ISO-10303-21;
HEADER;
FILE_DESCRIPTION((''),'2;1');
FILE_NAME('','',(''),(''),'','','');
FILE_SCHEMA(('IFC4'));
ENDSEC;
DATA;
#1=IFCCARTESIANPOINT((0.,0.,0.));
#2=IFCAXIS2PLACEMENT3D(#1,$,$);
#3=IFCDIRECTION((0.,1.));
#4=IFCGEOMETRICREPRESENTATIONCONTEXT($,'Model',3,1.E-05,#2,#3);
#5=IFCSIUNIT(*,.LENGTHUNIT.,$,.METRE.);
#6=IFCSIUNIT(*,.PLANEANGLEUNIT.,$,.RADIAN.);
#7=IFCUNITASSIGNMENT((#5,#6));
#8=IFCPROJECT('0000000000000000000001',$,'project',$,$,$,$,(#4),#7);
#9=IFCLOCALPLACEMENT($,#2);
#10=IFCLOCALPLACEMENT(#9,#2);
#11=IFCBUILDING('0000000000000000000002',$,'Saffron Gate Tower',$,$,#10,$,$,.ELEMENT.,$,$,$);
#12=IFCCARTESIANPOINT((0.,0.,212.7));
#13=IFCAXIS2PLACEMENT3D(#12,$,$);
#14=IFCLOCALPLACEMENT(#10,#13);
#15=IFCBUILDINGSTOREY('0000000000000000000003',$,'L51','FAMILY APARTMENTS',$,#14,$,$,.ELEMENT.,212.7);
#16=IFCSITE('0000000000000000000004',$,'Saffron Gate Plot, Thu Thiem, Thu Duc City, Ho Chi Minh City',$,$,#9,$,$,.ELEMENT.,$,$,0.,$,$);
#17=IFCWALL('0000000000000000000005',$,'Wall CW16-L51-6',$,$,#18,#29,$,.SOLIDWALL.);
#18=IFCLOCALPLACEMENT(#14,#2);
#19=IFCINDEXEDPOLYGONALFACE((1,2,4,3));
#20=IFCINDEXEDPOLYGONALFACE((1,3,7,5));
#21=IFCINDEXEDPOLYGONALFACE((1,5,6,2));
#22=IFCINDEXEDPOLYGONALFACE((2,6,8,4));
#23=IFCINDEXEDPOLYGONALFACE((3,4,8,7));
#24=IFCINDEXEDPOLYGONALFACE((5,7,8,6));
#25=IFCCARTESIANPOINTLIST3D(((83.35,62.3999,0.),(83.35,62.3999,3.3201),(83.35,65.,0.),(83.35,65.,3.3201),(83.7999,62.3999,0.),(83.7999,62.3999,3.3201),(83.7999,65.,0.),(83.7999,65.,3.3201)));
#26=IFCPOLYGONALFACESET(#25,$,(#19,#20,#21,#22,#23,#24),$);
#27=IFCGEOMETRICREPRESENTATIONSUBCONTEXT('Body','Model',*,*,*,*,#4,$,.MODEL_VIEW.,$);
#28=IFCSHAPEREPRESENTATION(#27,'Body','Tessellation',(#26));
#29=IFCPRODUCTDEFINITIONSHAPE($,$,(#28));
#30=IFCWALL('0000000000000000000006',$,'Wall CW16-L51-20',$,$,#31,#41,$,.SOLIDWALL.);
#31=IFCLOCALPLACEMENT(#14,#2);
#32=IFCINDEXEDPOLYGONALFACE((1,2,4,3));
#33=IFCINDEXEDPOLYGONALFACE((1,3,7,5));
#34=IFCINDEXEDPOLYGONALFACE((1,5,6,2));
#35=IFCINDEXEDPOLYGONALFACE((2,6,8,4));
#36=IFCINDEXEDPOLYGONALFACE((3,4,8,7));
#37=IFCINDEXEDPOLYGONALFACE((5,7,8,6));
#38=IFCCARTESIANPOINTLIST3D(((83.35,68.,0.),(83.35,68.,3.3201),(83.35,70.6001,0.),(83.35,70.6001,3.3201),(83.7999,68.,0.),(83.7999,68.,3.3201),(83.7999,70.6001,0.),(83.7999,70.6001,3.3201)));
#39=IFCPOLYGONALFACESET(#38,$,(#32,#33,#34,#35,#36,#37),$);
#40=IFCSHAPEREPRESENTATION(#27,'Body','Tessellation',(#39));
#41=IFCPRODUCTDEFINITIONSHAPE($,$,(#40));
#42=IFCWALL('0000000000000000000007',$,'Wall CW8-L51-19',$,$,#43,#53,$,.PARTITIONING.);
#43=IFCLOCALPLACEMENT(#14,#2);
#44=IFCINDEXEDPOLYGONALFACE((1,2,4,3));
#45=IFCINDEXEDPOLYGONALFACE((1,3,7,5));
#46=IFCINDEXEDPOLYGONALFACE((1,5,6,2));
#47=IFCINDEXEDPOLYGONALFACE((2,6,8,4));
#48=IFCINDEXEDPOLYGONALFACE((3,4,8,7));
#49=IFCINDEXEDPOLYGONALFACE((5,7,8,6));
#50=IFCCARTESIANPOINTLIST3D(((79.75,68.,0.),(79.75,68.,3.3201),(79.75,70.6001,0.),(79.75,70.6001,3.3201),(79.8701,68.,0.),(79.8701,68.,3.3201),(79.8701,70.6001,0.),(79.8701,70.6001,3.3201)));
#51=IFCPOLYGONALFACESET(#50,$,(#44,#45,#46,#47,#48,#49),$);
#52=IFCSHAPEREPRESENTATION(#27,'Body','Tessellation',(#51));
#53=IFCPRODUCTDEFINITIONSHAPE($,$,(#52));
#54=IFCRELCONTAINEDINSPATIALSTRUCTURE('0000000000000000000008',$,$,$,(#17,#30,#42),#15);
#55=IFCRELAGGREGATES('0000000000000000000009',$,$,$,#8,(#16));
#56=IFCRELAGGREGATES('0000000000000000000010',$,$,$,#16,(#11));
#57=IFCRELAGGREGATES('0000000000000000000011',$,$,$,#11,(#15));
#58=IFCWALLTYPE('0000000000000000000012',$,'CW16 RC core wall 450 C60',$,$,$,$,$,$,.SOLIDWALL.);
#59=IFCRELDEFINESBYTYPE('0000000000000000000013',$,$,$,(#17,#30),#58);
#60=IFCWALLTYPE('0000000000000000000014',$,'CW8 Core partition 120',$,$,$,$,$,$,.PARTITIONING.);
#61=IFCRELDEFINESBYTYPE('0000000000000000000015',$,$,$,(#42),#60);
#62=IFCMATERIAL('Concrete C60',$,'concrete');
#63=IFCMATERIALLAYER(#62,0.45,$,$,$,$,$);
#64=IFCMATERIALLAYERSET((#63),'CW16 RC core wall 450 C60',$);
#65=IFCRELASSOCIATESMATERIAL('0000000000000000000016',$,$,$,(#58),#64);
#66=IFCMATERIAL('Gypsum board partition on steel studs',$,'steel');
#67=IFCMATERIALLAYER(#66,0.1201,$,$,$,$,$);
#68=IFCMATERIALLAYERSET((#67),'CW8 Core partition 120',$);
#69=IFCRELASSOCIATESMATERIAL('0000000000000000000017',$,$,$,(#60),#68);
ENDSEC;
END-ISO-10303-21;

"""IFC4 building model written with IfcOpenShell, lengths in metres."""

from ifc_helpers import new_model, si_unit, direction, frame, frame_2d, origin, place, context, subcontext, project, spatial, rectangle, extrude, material, layer, layer_set, type_object, element, save


model = new_model("IFC4")

# Units and contexts
model_context = context("Model", 3, precision=1e-05, world=origin(), true_north=direction((0.0, 1.0)))
body_context = subcontext(model_context, "Body", "Model", "MODEL_VIEW")
ifc_project = project(units=[si_unit("LENGTHUNIT", "METRE"), si_unit("PLANEANGLEUNIT", "RADIAN")], contexts=[model_context])

# Site, building, storey
site_placement = place(None, origin())
site = spatial("IfcSite", under=ifc_project, at=site_placement, Name="Saffron Gate Plot, Thu Thiem, Thu Duc City, Ho Chi Minh City", CompositionType="ELEMENT", RefElevation=0.0)
building_placement = place(site_placement, origin())
building = spatial("IfcBuilding", under=site, at=building_placement, Name="Saffron Gate Tower", CompositionType="ELEMENT")
storey_placement = place(building_placement, frame((0.0, 0.0, 212.7)))
storey = spatial("IfcBuildingStorey", under=building, at=storey_placement, Name="L51", Description="FAMILY APARTMENTS", CompositionType="ELEMENT", Elevation=212.7)

# Shared definitions
ifc_material_1 = material(Name="Concrete C60", Category="concrete")

# Walls
ifc_layer_1 = layer(ifc_material_1, 0.45)
ifc_layer_set_1 = layer_set([ifc_layer_1], Name="CW16 RC core wall 450 C60")
wall_type_1 = type_object("IfcWallType", Name="CW16 RC core wall 450 C60", PredefinedType="SOLIDWALL", material=ifc_layer_set_1)
for number, where, z_axis, x_axis, name in (
    (1, (83.575, 62.3999, 0.0), (0.0, 0.0, 1.0), (0.0, 1.0, 0.0), "Wall CW16-L51-6"),
    (2, (83.575, 68.0, 0.0), (0.0, 0.0, 1.0), (0.0, 1.0, 0.0), "Wall CW16-L51-20"),
):
    element("IfcWall", number, at=place(storey_placement, frame(where, z_axis=z_axis, x_axis=x_axis)), inside=storey, type_object=wall_type_1, Name=name, PredefinedType="SOLIDWALL", context=body_context, shape_type="SweptSolid", body=[
        extrude(rectangle(XDim=2.6001, YDim=0.45, at=frame_2d((1.3, 0.0))), origin(), (0.0, 0.0, 1.0), 3.3201),
    ])
ifc_material_2 = material(Name="Gypsum board partition on steel studs", Category="steel")
ifc_layer_2 = layer(ifc_material_2, 0.1201)
ifc_layer_set_2 = layer_set([ifc_layer_2], Name="CW8 Core partition 120")
wall_type_2 = type_object("IfcWallType", Name="CW8 Core partition 120", PredefinedType="PARTITIONING", material=ifc_layer_set_2)
wall_1_placement = place(storey_placement, frame((79.8101, 68.0, 0.0), z_axis=(0.0, 0.0, 1.0), x_axis=(0.0, 1.0, 0.0)))
element("IfcWall", 3, at=wall_1_placement, inside=storey, type_object=wall_type_2, Name="Wall CW8-L51-19", PredefinedType="PARTITIONING", context=body_context, shape_type="SweptSolid", body=[
    extrude(rectangle(XDim=2.6001, YDim=0.1201, at=frame_2d((1.3, 0.0))), origin(), (0.0, 0.0, 1.0), 3.3201),
])

save(model, "model.ifc")
